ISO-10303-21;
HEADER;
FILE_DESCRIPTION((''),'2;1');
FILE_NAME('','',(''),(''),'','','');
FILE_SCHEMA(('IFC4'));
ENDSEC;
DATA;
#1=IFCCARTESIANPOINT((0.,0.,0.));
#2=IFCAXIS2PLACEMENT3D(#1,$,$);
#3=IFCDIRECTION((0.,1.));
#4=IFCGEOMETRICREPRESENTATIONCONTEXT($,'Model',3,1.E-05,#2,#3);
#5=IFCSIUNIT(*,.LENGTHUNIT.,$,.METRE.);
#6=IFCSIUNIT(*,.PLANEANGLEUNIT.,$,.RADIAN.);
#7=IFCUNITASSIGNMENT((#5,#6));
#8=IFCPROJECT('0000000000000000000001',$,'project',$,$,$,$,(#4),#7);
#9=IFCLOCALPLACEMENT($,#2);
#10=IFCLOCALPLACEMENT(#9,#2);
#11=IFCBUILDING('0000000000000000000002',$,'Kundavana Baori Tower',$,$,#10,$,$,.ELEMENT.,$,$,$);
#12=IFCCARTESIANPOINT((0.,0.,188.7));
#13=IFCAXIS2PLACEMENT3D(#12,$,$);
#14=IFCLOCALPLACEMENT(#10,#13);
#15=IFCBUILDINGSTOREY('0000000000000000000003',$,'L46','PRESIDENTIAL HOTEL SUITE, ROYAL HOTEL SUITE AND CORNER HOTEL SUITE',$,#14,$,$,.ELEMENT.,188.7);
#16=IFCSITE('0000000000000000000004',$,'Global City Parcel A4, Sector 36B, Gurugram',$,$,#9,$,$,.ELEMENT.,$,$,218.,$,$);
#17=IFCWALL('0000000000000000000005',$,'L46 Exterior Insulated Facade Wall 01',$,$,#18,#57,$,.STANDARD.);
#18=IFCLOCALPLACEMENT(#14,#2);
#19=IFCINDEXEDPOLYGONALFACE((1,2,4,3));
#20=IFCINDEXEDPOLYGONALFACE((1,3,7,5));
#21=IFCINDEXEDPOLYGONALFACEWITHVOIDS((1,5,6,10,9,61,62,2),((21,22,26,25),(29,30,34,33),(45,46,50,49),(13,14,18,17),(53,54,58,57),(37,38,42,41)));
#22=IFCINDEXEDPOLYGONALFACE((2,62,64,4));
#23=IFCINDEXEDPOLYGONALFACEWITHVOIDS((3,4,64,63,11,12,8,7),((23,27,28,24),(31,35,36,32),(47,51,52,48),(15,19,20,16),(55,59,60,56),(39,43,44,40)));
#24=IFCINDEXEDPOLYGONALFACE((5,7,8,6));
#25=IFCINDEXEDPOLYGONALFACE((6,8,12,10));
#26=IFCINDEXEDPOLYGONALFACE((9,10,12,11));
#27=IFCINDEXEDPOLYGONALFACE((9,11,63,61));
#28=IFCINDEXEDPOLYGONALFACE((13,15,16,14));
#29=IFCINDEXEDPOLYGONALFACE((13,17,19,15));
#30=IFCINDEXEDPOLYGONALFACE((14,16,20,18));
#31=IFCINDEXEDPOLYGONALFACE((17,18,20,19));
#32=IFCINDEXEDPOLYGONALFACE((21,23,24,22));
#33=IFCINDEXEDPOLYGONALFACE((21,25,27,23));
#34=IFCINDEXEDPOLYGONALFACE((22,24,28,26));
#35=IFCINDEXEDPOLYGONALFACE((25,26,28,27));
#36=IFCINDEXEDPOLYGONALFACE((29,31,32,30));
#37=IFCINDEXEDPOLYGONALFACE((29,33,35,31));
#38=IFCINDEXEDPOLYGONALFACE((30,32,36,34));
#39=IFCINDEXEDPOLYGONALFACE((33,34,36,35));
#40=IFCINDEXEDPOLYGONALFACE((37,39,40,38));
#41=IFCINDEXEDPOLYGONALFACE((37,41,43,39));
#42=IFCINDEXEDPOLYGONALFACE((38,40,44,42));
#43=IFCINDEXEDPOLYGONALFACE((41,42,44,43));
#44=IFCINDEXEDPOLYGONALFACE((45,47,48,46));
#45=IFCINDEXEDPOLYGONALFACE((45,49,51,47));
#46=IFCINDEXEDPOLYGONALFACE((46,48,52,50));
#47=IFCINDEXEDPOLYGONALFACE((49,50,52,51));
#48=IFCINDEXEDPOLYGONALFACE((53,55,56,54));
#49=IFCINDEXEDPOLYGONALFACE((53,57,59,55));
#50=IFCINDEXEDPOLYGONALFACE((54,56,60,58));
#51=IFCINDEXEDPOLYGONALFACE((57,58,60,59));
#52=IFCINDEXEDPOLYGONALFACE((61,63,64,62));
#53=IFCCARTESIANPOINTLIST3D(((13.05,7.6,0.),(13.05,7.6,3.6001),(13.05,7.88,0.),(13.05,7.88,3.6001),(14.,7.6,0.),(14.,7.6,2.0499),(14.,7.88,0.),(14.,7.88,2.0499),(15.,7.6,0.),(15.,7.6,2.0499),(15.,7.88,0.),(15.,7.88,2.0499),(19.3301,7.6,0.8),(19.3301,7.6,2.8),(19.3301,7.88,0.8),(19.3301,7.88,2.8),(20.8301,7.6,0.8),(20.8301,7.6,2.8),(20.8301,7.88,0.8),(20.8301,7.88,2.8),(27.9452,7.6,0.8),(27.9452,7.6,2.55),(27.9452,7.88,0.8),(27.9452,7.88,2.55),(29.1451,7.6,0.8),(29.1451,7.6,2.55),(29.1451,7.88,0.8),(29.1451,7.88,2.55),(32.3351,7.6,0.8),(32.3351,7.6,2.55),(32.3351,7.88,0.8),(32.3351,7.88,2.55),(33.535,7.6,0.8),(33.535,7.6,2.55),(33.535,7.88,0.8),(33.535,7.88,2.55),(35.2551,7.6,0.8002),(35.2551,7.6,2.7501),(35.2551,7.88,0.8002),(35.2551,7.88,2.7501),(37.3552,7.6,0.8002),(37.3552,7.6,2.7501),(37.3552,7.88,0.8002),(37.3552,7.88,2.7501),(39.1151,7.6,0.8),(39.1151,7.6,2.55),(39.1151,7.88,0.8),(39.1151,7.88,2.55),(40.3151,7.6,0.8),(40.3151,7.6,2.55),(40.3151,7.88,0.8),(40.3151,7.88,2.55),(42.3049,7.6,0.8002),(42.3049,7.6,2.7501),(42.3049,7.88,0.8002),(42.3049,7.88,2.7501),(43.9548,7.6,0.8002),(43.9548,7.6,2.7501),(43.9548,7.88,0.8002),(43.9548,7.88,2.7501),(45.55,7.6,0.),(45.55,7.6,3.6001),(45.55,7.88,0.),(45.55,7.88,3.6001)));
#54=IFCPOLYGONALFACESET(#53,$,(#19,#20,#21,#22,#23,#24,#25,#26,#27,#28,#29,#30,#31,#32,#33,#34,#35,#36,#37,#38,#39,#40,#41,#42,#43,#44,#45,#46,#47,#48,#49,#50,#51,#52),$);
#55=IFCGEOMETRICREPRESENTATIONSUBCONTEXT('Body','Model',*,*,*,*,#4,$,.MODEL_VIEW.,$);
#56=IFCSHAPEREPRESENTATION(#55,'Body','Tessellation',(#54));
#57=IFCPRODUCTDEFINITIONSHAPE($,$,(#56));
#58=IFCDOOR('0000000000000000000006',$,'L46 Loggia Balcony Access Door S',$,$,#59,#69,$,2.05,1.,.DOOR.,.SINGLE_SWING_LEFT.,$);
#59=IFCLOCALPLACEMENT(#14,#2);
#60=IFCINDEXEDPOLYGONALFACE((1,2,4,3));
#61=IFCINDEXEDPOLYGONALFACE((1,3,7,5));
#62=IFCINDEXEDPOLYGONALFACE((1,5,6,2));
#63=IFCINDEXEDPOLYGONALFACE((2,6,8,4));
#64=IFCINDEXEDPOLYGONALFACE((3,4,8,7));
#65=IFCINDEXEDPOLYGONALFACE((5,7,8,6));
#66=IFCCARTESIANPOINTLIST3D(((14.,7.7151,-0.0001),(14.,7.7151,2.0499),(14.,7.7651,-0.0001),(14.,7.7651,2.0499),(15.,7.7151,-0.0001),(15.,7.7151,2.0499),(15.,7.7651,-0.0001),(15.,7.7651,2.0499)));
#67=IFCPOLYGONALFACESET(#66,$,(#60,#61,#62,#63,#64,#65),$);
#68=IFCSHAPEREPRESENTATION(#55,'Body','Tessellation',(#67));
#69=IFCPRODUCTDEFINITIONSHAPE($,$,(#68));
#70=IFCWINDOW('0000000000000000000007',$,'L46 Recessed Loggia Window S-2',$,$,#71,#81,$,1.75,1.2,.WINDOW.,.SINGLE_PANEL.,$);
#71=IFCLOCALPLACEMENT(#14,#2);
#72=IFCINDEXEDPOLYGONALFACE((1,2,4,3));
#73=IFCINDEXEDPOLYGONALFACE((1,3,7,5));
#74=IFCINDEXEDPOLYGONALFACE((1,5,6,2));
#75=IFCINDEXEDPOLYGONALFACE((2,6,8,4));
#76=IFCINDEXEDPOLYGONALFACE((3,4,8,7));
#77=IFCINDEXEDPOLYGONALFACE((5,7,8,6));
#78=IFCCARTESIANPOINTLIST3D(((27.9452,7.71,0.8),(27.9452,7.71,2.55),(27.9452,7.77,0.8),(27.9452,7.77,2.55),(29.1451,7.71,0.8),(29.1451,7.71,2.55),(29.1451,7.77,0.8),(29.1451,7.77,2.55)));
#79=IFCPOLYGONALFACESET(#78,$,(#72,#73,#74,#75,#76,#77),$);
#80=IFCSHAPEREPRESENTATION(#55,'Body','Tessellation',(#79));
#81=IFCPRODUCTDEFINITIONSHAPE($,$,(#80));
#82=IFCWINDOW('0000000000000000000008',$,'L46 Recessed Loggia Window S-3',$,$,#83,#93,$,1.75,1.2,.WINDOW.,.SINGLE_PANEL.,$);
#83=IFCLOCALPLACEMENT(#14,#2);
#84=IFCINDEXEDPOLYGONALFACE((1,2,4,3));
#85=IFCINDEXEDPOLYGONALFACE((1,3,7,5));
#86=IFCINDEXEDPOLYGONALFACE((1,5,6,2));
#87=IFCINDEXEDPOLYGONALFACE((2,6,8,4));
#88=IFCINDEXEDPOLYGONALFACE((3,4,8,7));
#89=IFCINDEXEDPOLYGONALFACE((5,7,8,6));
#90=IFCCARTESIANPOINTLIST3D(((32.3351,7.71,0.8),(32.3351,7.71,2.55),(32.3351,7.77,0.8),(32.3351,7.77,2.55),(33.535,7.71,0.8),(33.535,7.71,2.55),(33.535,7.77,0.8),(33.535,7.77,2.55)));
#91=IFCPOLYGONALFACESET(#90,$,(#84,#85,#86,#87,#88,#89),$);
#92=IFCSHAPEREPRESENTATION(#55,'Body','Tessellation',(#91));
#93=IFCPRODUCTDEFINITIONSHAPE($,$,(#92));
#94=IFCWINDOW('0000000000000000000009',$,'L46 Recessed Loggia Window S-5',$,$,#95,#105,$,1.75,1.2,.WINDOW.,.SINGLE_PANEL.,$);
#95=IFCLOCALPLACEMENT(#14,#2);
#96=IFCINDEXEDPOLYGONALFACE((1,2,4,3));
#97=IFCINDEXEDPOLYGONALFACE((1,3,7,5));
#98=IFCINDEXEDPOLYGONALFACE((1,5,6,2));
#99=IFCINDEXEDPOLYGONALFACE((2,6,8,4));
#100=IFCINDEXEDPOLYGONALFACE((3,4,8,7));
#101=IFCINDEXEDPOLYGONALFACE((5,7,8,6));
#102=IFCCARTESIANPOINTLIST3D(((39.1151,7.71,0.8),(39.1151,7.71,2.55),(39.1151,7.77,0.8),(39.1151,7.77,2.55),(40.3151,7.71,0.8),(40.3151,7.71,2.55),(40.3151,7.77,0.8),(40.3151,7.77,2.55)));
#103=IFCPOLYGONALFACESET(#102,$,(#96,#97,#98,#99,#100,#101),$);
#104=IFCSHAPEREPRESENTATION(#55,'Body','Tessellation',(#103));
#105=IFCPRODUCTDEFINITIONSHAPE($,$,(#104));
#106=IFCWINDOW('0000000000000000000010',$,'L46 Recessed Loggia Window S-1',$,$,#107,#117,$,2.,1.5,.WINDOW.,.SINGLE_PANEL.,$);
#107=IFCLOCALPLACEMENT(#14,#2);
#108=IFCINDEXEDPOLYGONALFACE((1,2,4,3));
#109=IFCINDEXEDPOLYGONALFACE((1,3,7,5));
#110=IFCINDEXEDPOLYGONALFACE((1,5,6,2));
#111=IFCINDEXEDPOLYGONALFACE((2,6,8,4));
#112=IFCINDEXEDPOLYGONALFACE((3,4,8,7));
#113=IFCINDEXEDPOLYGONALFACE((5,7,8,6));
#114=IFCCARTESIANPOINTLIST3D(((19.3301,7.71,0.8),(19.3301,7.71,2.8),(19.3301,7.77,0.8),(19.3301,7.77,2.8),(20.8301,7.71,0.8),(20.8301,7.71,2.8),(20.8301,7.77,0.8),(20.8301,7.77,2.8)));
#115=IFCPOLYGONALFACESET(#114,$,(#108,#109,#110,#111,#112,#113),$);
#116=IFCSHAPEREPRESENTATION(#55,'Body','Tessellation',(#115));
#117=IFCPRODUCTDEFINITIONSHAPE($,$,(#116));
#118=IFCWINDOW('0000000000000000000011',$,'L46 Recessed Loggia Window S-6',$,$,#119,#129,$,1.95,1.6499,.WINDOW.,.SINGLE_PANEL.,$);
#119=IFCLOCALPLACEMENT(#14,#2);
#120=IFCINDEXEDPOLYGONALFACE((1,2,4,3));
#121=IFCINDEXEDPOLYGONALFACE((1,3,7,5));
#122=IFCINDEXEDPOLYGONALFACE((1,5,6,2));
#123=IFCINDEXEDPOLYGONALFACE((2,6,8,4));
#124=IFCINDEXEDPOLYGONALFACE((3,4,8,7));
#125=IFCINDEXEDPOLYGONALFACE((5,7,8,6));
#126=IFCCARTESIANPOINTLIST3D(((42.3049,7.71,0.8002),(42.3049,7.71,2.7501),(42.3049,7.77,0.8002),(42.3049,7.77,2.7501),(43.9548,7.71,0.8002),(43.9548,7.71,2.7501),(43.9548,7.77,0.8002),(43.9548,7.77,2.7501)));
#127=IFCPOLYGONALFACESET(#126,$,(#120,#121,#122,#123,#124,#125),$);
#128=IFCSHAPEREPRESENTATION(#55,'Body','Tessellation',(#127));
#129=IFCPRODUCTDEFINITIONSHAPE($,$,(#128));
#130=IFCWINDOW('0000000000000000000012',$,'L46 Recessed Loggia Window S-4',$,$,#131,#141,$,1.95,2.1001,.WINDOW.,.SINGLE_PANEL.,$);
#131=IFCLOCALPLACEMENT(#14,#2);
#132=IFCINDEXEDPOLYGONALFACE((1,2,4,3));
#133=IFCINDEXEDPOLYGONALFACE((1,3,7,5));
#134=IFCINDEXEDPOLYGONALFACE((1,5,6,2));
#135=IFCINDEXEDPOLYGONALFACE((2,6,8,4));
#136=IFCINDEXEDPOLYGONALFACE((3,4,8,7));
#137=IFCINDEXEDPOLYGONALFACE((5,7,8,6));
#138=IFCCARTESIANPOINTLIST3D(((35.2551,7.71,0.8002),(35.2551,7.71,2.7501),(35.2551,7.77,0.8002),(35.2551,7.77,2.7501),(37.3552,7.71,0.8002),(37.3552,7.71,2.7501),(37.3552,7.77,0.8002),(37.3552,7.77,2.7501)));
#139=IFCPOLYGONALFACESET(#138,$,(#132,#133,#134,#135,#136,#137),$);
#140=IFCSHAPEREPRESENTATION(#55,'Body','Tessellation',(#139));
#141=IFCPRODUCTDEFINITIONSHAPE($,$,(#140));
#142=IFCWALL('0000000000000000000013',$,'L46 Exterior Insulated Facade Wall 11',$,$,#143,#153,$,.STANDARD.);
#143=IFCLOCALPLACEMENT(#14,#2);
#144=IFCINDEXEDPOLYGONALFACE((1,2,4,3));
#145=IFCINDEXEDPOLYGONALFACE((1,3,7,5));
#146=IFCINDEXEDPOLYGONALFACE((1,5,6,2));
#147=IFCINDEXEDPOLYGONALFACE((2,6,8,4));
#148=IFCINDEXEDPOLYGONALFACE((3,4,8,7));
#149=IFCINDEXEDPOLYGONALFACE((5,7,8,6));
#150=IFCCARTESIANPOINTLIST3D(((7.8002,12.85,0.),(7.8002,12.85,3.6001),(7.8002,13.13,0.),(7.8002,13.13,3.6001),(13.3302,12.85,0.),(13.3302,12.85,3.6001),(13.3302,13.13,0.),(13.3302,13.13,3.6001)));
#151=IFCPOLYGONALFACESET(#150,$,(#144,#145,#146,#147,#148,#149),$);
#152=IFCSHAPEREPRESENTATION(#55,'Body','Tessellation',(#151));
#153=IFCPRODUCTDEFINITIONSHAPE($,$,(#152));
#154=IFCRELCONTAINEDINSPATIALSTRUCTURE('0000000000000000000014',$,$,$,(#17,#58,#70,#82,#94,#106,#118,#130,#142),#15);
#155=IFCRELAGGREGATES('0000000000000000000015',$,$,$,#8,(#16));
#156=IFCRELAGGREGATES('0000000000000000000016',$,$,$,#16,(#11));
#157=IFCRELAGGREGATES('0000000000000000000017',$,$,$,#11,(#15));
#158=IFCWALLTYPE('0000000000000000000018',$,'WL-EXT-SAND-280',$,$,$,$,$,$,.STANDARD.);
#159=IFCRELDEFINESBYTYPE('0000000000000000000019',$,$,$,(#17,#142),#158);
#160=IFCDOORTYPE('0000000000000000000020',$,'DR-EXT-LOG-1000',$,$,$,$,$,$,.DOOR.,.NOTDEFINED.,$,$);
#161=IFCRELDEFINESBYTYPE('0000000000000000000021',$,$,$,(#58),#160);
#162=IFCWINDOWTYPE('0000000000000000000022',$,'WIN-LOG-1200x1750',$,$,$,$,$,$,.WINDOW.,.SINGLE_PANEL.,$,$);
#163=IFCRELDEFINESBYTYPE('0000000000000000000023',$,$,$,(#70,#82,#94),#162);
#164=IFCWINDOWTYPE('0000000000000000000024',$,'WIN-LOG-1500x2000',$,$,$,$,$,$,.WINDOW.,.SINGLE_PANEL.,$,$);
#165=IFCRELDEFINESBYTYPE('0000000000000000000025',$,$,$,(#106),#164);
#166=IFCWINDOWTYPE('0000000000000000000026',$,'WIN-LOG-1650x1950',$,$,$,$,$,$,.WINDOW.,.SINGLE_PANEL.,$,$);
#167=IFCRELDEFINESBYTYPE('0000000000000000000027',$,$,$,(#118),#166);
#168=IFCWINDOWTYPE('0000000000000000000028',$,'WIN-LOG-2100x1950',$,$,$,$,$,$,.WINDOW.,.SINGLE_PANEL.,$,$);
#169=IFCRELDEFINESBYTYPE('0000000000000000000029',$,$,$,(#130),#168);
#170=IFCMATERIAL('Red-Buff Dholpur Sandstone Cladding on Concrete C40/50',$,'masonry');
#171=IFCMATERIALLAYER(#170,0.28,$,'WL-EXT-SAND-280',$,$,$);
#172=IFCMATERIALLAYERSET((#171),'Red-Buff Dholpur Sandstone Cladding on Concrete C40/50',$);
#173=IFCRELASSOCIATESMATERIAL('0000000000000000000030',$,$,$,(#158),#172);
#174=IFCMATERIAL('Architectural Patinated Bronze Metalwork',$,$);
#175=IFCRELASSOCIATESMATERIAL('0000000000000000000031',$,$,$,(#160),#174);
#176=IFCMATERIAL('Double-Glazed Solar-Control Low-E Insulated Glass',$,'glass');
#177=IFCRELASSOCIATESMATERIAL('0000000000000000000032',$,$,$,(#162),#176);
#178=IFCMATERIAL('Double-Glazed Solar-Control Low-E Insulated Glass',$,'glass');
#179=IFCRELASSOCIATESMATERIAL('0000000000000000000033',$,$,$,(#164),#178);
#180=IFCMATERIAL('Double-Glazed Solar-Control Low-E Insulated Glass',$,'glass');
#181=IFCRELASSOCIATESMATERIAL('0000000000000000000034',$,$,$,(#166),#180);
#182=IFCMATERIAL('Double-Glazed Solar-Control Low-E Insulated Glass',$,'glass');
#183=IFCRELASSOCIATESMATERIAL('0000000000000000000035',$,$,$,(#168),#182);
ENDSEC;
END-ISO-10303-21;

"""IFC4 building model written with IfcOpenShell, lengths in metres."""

from ifc_helpers import new_model, si_unit, direction, frame, frame_2d, origin, place, context, subcontext, project, spatial, rectangle, extrude, material, layer, layer_set, type_object, element, fill, save


model = new_model("IFC4")

# Units and contexts
model_context = context("Model", 3, precision=1e-05, world=origin(), true_north=direction((0.0, 1.0)))
body_context = subcontext(model_context, "Body", "Model", "MODEL_VIEW")
ifc_project = project(units=[si_unit("LENGTHUNIT", "METRE"), si_unit("PLANEANGLEUNIT", "RADIAN")], contexts=[model_context])

# Site, building, storey
site_placement = place(None, origin())
site = spatial("IfcSite", under=ifc_project, at=site_placement, Name="Global City Parcel A4, Sector 36B, Gurugram", CompositionType="ELEMENT", RefElevation=218.0)
building_placement = place(site_placement, origin())
building = spatial("IfcBuilding", under=site, at=building_placement, Name="Kundavana Baori Tower", CompositionType="ELEMENT")
storey_placement = place(building_placement, frame((0.0, 0.0, 188.7)))
storey = spatial("IfcBuildingStorey", under=building, at=storey_placement, Name="L46", Description="PRESIDENTIAL HOTEL SUITE, ROYAL HOTEL SUITE AND CORNER HOTEL SUITE", CompositionType="ELEMENT", Elevation=188.7)

# Wall, openings, door, windows
ifc_material_1 = material(Name="Red-Buff Dholpur Sandstone Cladding on Concrete C40/50", Category="masonry")
ifc_layer_1 = layer(ifc_material_1, 0.28, Name="WL-EXT-SAND-280")
ifc_layer_set_1 = layer_set([ifc_layer_1], Name="Red-Buff Dholpur Sandstone Cladding on Concrete C40/50")
wall_type_1 = type_object("IfcWallType", Name="WL-EXT-SAND-280", PredefinedType="STANDARD", material=ifc_layer_set_1)
wall_1_placement = place(storey_placement, frame((13.05, 7.74, 0.0), z_axis=(0.0, 0.0, 1.0), x_axis=(1.0, 0.0, 0.0)))
wall_1 = element("IfcWall", 1, at=wall_1_placement, inside=storey, type_object=wall_type_1, Name="L46 Exterior Insulated Facade Wall 01", PredefinedType="STANDARD", context=body_context, shape_type="SweptSolid", body=[
    extrude(rectangle(XDim=32.5, YDim=0.28, at=frame_2d((16.25, 0.0))), origin(), (0.0, 0.0, 1.0), 3.6001),
])
opening_1_placement = place(wall_1_placement, frame((0.95, 0.0, 0.0)))
opening_1 = element("IfcOpeningElement", 2, at=opening_1_placement, cuts=wall_1, PredefinedType="OPENING", context=body_context, shape_type="SweptSolid", body=[
    extrude(rectangle(XDim=1.0, YDim=2.05, at=frame_2d((0.5, 1.0249))), frame((0.0, 0.1499, 0.0), z_axis=(0.0, -1.0, 0.0), x_axis=(1.0, 0.0, 0.0)), (0.0, 0.0, 1.0), 0.3),
])
opening_2_placement = place(wall_1_placement, frame((6.28, 0.0, 0.8)))
opening_2 = element("IfcOpeningElement", 3, at=opening_2_placement, cuts=wall_1, PredefinedType="OPENING", context=body_context, shape_type="SweptSolid", body=[
    extrude(rectangle(XDim=1.5, YDim=2.0, at=frame_2d((0.75, 1.0))), frame((0.0, 0.1499, 0.0), z_axis=(0.0, -1.0, 0.0), x_axis=(1.0, 0.0, 0.0)), (0.0, 0.0, 1.0), 0.3),
])
opening_3_placement = place(wall_1_placement, frame((14.895, 0.0, 0.8)))
opening_3 = element("IfcOpeningElement", 4, at=opening_3_placement, cuts=wall_1, PredefinedType="OPENING", context=body_context, shape_type="SweptSolid", body=[
    extrude(rectangle(XDim=1.2, YDim=1.75, at=frame_2d((0.6001, 0.875))), frame((0.0, 0.1499, 0.0), z_axis=(0.0, -1.0, 0.0), x_axis=(1.0, 0.0, 0.0)), (0.0, 0.0, 1.0), 0.3),
])
opening_4_placement = place(wall_1_placement, frame((19.2849, 0.0, 0.8)))
opening_4 = element("IfcOpeningElement", 5, at=opening_4_placement, cuts=wall_1, PredefinedType="OPENING", context=body_context, shape_type="SweptSolid", body=[
    extrude(rectangle(XDim=1.2, YDim=1.75, at=frame_2d((0.6001, 0.875))), frame((0.0, 0.1499, 0.0), z_axis=(0.0, -1.0, 0.0), x_axis=(1.0, 0.0, 0.0)), (0.0, 0.0, 1.0), 0.3),
])
opening_5_placement = place(wall_1_placement, frame((22.2051, 0.0, 0.8)))
opening_5 = element("IfcOpeningElement", 6, at=opening_5_placement, cuts=wall_1, PredefinedType="OPENING", context=body_context, shape_type="SweptSolid", body=[
    extrude(rectangle(XDim=2.1001, YDim=1.95, at=frame_2d((1.05, 0.9751))), frame((0.0, 0.1499, 0.0), z_axis=(0.0, -1.0, 0.0), x_axis=(1.0, 0.0, 0.0)), (0.0, 0.0, 1.0), 0.3),
])
opening_6_placement = place(wall_1_placement, frame((26.0649, 0.0, 0.8)))
opening_6 = element("IfcOpeningElement", 7, at=opening_6_placement, cuts=wall_1, PredefinedType="OPENING", context=body_context, shape_type="SweptSolid", body=[
    extrude(rectangle(XDim=1.2, YDim=1.75, at=frame_2d((0.6001, 0.875))), frame((0.0, 0.1499, 0.0), z_axis=(0.0, -1.0, 0.0), x_axis=(1.0, 0.0, 0.0)), (0.0, 0.0, 1.0), 0.3),
])
opening_7_placement = place(wall_1_placement, frame((29.2549, 0.0, 0.8)))
opening_7 = element("IfcOpeningElement", 8, at=opening_7_placement, cuts=wall_1, PredefinedType="OPENING", context=body_context, shape_type="SweptSolid", body=[
    extrude(rectangle(XDim=1.6499, YDim=1.95, at=frame_2d((0.825, 0.9751))), frame((0.0, 0.1499, 0.0), z_axis=(0.0, -1.0, 0.0), x_axis=(1.0, 0.0, 0.0)), (0.0, 0.0, 1.0), 0.3),
])
ifc_material_2 = material(Name="Architectural Patinated Bronze Metalwork")
door_type = type_object("IfcDoorType", Name="DR-EXT-LOG-1000", OperationType="NOTDEFINED", PredefinedType="DOOR", material=ifc_material_2)
door_placement = place(opening_1_placement, frame((1.0, 0.0, 0.0), z_axis=(0.0, 0.0, 1.0), x_axis=(-1.0, 0.0, 0.0)))
door = element("IfcDoor", 9, at=door_placement, inside=storey, type_object=door_type, Name="L46 Loggia Balcony Access Door S", OperationType="SINGLE_SWING_LEFT", OverallHeight=2.05, OverallWidth=1.0, PredefinedType="DOOR", context=body_context, shape_type="SweptSolid", body=[
    extrude(rectangle(XDim=1.0, YDim=2.05, at=frame_2d((0.5, 1.0249))), frame((0.0, 0.0249, 0.0), z_axis=(0.0, -1.0, 0.0), x_axis=(1.0, 0.0, 0.0)), (0.0, 0.0, 1.0), 0.05),
])
fill(opening_1, door)
ifc_material_3 = material(Name="Double-Glazed Solar-Control Low-E Insulated Glass", Category="glass")
window_type_1 = type_object("IfcWindowType", Name="WIN-LOG-1200x1750", PartitioningType="SINGLE_PANEL", PredefinedType="WINDOW", material=ifc_material_3)
window_1_placement = place(opening_3_placement, origin())
window_1 = element("IfcWindow", 10, at=window_1_placement, inside=storey, type_object=window_type_1, Name="L46 Recessed Loggia Window S-2", OverallHeight=1.75, OverallWidth=1.2, PartitioningType="SINGLE_PANEL", PredefinedType="WINDOW", context=body_context, shape_type="SweptSolid", body=[
    extrude(rectangle(XDim=1.2, YDim=1.75, at=frame_2d((0.6001, 0.875))), frame((0.0, 0.03, 0.0), z_axis=(0.0, -1.0, 0.0), x_axis=(1.0, 0.0, 0.0)), (0.0, 0.0, 1.0), 0.0601),
])
fill(opening_3, window_1)
window_2_placement = place(opening_4_placement, origin())
window_2 = element("IfcWindow", 11, at=window_2_placement, inside=storey, type_object=window_type_1, Name="L46 Recessed Loggia Window S-3", OverallHeight=1.75, OverallWidth=1.2, PartitioningType="SINGLE_PANEL", PredefinedType="WINDOW", context=body_context, shape_type="SweptSolid", body=[
    extrude(rectangle(XDim=1.2, YDim=1.75, at=frame_2d((0.6001, 0.875))), frame((0.0, 0.03, 0.0), z_axis=(0.0, -1.0, 0.0), x_axis=(1.0, 0.0, 0.0)), (0.0, 0.0, 1.0), 0.0601),
])
fill(opening_4, window_2)
window_3_placement = place(opening_6_placement, origin())
window_3 = element("IfcWindow", 12, at=window_3_placement, inside=storey, type_object=window_type_1, Name="L46 Recessed Loggia Window S-5", OverallHeight=1.75, OverallWidth=1.2, PartitioningType="SINGLE_PANEL", PredefinedType="WINDOW", context=body_context, shape_type="SweptSolid", body=[
    extrude(rectangle(XDim=1.2, YDim=1.75, at=frame_2d((0.6001, 0.875))), frame((0.0, 0.03, 0.0), z_axis=(0.0, -1.0, 0.0), x_axis=(1.0, 0.0, 0.0)), (0.0, 0.0, 1.0), 0.0601),
])
fill(opening_6, window_3)
ifc_material_4 = material(Name="Double-Glazed Solar-Control Low-E Insulated Glass", Category="glass")
window_type_2 = type_object("IfcWindowType", Name="WIN-LOG-1500x2000", PartitioningType="SINGLE_PANEL", PredefinedType="WINDOW", material=ifc_material_4)
window_4_placement = place(opening_2_placement, origin())
window_4 = element("IfcWindow", 13, at=window_4_placement, inside=storey, type_object=window_type_2, Name="L46 Recessed Loggia Window S-1", OverallHeight=2.0, OverallWidth=1.5, PartitioningType="SINGLE_PANEL", PredefinedType="WINDOW", context=body_context, shape_type="SweptSolid", body=[
    extrude(rectangle(XDim=1.5, YDim=2.0, at=frame_2d((0.75, 1.0))), frame((0.0, 0.03, 0.0), z_axis=(0.0, -1.0, 0.0), x_axis=(1.0, 0.0, 0.0)), (0.0, 0.0, 1.0), 0.0601),
])
fill(opening_2, window_4)
ifc_material_5 = material(Name="Double-Glazed Solar-Control Low-E Insulated Glass", Category="glass")
window_type_3 = type_object("IfcWindowType", Name="WIN-LOG-1650x1950", PartitioningType="SINGLE_PANEL", PredefinedType="WINDOW", material=ifc_material_5)
window_5_placement = place(opening_7_placement, origin())
window_5 = element("IfcWindow", 14, at=window_5_placement, inside=storey, type_object=window_type_3, Name="L46 Recessed Loggia Window S-6", OverallHeight=1.95, OverallWidth=1.6499, PartitioningType="SINGLE_PANEL", PredefinedType="WINDOW", context=body_context, shape_type="SweptSolid", body=[
    extrude(rectangle(XDim=1.6499, YDim=1.95, at=frame_2d((0.825, 0.9751))), frame((0.0, 0.03, 0.0), z_axis=(0.0, -1.0, 0.0), x_axis=(1.0, 0.0, 0.0)), (0.0, 0.0, 1.0), 0.0601),
])
fill(opening_7, window_5)
ifc_material_6 = material(Name="Double-Glazed Solar-Control Low-E Insulated Glass", Category="glass")
window_type_4 = type_object("IfcWindowType", Name="WIN-LOG-2100x1950", PartitioningType="SINGLE_PANEL", PredefinedType="WINDOW", material=ifc_material_6)
window_6_placement = place(opening_5_placement, origin())
window_6 = element("IfcWindow", 15, at=window_6_placement, inside=storey, type_object=window_type_4, Name="L46 Recessed Loggia Window S-4", OverallHeight=1.95, OverallWidth=2.1001, PartitioningType="SINGLE_PANEL", PredefinedType="WINDOW", context=body_context, shape_type="SweptSolid", body=[
    extrude(rectangle(XDim=2.1001, YDim=1.95, at=frame_2d((1.05, 0.9751))), frame((0.0, 0.03, 0.0), z_axis=(0.0, -1.0, 0.0), x_axis=(1.0, 0.0, 0.0)), (0.0, 0.0, 1.0), 0.0601),
])
fill(opening_5, window_6)

# Wall
wall_2_placement = place(storey_placement, frame((7.8, 12.99, 0.0), z_axis=(0.0, 0.0, 1.0), x_axis=(1.0, 0.0, 0.0)))
element("IfcWall", 16, at=wall_2_placement, inside=storey, type_object=wall_type_1, Name="L46 Exterior Insulated Facade Wall 11", PredefinedType="STANDARD", context=body_context, shape_type="SweptSolid", body=[
    extrude(rectangle(XDim=5.53, YDim=0.28, at=frame_2d((2.7651, 0.0))), origin(), (0.0, 0.0, 1.0), 3.6001),
])

save(model, "model.ifc")
